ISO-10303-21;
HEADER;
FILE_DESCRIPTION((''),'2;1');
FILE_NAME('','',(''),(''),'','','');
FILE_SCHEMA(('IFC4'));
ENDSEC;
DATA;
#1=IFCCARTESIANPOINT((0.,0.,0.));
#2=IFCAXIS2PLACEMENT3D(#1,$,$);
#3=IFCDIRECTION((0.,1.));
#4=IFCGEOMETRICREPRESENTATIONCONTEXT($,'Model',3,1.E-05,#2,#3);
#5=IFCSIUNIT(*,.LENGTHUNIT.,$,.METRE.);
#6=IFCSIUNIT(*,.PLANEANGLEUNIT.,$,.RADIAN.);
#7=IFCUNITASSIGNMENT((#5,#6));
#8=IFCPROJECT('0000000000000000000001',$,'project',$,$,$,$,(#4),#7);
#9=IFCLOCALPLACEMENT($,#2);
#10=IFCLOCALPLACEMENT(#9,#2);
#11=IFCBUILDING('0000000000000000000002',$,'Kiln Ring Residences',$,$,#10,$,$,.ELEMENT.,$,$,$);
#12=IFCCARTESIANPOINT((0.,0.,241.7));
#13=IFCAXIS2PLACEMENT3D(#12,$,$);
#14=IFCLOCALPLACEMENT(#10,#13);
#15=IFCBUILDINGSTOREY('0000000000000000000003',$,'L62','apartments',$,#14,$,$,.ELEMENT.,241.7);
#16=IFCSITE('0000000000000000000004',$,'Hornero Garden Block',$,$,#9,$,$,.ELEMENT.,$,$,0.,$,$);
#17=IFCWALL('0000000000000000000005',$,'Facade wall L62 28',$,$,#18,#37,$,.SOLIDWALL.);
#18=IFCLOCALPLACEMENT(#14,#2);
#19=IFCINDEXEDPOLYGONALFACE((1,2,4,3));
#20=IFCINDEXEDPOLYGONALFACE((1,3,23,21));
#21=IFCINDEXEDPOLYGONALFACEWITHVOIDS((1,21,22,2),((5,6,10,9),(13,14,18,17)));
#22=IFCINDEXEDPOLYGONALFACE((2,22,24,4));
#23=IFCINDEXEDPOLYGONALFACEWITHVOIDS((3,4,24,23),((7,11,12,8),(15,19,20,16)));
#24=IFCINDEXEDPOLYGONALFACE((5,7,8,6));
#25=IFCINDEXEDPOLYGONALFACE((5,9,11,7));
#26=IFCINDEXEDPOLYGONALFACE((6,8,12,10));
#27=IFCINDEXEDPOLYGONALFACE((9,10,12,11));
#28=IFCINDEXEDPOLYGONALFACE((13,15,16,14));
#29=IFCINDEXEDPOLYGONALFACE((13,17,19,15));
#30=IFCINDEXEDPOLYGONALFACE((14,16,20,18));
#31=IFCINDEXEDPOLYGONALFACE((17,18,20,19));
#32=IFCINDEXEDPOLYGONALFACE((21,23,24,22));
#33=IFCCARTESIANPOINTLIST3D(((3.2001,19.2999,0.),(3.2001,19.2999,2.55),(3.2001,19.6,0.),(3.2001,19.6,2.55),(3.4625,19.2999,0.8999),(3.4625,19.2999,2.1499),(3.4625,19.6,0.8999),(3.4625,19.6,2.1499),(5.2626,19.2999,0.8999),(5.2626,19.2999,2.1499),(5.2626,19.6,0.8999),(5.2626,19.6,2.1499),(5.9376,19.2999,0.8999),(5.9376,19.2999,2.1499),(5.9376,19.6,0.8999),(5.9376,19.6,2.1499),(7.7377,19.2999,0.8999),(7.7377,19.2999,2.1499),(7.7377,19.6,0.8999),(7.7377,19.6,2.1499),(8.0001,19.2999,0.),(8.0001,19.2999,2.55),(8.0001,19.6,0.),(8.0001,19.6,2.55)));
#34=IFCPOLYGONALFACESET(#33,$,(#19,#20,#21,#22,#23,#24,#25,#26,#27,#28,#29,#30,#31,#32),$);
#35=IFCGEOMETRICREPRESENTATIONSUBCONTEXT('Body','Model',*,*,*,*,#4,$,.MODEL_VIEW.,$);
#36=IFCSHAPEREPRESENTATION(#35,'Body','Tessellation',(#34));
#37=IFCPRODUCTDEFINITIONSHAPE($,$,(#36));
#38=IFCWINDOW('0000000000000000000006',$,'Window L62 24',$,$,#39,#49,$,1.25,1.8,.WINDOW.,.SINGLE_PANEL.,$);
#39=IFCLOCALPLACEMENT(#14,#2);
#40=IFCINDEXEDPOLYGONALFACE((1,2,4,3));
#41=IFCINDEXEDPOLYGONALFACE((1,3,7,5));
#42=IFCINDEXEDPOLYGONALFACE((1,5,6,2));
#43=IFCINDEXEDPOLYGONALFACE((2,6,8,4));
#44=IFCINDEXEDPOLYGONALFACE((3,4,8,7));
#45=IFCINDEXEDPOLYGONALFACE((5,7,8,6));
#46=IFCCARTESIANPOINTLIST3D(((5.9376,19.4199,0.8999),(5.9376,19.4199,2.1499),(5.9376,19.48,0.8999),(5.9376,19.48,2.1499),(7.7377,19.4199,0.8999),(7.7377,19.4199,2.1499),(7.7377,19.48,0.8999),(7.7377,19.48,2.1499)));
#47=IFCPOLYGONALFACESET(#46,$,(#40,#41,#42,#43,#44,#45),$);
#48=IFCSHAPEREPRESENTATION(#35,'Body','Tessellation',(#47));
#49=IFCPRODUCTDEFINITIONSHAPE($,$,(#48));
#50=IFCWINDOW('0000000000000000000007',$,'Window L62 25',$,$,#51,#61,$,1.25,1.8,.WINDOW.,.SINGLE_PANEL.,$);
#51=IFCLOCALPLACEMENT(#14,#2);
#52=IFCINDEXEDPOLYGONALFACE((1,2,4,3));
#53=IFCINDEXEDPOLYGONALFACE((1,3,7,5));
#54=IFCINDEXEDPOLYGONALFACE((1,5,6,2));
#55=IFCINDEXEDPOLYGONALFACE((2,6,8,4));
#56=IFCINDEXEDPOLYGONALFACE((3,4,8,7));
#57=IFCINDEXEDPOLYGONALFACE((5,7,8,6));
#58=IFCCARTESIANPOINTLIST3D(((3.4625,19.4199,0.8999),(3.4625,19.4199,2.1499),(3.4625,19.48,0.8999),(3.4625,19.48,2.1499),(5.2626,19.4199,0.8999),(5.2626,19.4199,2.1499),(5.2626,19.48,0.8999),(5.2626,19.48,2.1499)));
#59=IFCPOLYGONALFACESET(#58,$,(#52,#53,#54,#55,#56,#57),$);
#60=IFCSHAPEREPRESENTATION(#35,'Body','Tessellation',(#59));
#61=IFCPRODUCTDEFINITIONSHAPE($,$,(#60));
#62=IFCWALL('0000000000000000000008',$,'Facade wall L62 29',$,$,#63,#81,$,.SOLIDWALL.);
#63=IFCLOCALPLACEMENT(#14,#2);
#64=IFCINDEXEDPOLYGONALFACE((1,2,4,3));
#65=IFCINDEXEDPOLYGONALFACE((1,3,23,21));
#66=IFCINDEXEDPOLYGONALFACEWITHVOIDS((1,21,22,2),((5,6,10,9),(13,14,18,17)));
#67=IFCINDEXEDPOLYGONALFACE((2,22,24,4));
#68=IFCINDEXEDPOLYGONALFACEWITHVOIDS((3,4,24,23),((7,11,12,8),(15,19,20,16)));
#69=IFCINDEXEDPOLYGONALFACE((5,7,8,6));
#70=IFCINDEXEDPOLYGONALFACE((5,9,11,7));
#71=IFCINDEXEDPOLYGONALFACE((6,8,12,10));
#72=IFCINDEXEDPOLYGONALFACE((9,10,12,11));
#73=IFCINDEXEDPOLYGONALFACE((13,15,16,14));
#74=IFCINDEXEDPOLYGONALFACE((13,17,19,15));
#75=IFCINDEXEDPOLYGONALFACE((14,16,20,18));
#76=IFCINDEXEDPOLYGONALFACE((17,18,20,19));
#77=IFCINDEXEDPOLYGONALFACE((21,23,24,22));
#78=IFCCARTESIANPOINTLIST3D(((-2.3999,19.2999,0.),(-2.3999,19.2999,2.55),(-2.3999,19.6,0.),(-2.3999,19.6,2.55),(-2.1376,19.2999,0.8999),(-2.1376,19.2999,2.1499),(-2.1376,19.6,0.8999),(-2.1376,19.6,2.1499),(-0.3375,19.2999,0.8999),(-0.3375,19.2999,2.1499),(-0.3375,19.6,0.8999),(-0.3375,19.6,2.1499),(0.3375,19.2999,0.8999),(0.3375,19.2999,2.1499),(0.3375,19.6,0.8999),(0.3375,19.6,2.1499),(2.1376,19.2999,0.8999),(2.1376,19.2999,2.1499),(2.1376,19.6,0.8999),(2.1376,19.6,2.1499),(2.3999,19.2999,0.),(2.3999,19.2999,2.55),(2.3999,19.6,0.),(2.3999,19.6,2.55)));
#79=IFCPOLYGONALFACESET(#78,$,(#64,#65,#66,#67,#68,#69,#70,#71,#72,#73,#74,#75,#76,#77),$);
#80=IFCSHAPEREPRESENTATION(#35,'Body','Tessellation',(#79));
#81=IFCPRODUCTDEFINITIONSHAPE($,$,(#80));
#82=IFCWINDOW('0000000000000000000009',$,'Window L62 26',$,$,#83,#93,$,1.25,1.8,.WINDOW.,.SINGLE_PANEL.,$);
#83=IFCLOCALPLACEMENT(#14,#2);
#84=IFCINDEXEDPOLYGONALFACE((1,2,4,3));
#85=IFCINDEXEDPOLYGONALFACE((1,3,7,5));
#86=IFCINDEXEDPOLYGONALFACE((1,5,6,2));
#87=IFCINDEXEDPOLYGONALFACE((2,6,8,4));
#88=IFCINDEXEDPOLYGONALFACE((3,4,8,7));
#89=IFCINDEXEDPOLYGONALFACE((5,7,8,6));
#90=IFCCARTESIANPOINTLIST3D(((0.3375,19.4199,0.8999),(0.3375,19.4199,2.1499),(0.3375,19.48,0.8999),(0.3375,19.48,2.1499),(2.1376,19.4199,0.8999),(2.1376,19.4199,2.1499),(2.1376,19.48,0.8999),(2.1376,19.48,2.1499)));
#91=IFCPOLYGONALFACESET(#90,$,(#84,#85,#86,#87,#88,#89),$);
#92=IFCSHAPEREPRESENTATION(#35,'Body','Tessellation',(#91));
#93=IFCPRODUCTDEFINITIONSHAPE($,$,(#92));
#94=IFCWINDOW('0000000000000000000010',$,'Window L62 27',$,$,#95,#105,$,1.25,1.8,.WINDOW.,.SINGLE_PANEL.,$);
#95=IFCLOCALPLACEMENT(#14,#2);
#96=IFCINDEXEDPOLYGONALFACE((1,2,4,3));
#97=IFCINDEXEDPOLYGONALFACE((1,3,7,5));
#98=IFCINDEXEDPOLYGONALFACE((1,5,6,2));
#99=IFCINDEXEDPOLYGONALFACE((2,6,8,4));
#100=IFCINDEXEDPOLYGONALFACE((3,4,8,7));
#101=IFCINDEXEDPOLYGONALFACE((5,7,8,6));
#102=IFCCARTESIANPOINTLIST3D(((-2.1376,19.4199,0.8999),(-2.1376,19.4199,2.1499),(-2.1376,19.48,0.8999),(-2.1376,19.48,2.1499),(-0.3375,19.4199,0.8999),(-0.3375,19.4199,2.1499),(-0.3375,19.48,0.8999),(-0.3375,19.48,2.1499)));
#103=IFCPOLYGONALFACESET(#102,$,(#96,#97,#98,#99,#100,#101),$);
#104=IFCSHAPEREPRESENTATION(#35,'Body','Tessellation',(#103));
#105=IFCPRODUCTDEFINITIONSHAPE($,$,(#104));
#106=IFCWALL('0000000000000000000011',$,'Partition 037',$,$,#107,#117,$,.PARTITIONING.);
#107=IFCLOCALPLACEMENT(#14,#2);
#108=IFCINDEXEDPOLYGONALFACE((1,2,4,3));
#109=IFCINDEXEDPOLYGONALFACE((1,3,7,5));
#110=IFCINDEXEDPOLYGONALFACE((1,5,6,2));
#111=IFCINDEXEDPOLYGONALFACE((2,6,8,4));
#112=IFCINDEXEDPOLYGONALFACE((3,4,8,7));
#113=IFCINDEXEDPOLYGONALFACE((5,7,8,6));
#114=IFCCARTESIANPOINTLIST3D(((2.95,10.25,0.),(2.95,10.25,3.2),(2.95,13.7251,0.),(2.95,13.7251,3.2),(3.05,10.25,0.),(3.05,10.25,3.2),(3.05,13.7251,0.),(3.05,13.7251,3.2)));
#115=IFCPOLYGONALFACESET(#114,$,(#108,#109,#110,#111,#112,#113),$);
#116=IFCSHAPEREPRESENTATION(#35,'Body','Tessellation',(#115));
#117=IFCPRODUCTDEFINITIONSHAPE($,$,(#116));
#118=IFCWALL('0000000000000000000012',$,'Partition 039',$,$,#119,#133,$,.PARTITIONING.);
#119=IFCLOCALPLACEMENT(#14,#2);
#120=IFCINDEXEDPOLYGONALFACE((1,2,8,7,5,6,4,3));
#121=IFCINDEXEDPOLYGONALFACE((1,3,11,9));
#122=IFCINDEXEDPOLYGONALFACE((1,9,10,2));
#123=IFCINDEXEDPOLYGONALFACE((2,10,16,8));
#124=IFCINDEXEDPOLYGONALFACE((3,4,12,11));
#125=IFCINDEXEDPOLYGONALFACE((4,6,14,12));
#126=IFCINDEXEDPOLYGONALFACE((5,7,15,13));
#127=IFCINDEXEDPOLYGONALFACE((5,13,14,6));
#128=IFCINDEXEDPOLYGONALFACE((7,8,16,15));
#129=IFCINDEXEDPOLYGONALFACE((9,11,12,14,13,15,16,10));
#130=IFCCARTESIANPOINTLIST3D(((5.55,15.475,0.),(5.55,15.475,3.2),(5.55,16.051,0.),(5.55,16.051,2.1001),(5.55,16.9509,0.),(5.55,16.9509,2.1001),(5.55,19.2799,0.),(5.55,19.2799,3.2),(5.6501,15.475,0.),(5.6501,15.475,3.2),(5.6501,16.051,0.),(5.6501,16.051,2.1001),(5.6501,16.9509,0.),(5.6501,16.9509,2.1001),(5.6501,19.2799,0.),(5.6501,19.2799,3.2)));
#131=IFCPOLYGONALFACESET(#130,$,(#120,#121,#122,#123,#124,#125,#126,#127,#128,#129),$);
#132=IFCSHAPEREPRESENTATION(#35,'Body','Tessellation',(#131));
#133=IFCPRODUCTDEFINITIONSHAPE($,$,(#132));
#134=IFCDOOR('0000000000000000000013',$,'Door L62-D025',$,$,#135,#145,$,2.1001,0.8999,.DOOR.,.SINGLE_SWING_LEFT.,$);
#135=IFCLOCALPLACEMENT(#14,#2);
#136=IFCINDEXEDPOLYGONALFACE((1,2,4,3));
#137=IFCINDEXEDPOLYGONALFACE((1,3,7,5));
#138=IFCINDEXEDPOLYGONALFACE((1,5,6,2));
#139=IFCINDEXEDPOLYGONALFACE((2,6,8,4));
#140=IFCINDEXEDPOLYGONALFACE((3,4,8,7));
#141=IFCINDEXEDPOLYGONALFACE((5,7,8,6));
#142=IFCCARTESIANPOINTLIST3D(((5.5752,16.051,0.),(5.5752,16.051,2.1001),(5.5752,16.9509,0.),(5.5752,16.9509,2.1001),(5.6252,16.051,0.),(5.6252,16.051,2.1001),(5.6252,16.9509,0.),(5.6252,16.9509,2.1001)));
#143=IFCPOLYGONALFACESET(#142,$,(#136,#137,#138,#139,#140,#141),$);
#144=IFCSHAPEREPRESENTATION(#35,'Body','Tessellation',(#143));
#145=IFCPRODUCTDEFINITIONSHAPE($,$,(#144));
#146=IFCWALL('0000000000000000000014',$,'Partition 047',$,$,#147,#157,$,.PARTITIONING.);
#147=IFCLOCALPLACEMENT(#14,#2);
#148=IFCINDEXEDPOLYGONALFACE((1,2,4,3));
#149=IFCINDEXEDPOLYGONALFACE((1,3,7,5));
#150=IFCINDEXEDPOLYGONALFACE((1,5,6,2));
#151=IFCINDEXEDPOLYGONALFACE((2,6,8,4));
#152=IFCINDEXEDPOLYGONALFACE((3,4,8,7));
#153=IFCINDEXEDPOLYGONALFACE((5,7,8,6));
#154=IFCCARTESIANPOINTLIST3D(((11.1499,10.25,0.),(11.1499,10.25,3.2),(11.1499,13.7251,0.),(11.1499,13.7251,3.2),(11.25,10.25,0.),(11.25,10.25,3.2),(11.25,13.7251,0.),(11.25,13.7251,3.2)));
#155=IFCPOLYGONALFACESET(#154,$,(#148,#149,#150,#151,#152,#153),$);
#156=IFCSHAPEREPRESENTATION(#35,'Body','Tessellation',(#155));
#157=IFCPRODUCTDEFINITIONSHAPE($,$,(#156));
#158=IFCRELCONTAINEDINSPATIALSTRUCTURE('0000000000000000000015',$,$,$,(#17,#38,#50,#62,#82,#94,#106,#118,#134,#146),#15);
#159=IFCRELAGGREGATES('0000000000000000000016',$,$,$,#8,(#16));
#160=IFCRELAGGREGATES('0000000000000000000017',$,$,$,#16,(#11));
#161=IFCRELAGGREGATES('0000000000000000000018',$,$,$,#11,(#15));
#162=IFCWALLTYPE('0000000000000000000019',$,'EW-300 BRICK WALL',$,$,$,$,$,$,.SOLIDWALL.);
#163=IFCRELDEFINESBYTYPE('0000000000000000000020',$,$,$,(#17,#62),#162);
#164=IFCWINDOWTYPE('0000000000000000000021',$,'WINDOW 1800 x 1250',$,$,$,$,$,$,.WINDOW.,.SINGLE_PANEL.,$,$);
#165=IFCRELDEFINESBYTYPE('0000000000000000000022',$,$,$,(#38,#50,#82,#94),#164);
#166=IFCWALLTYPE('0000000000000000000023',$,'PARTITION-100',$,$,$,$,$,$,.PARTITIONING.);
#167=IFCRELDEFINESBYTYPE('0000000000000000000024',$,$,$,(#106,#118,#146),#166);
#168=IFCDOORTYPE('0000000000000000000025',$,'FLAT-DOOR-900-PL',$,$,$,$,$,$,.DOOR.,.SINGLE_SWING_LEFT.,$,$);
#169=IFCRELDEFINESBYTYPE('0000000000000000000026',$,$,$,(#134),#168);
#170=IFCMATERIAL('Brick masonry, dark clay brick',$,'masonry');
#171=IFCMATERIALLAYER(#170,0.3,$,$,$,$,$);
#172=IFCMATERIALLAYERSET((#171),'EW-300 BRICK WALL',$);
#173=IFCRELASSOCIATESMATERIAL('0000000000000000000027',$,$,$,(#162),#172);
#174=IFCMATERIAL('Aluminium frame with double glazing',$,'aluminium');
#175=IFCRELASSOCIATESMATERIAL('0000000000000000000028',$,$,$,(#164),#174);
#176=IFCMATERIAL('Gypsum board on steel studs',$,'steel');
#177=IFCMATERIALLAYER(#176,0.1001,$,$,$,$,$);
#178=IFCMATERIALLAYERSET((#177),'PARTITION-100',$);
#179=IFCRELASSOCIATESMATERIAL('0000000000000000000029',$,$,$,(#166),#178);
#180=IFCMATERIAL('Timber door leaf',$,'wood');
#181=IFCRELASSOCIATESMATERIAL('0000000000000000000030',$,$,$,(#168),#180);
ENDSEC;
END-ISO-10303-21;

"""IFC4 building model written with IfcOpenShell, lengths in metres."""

from ifc_helpers import new_model, si_unit, direction, frame, frame_2d, origin, place, context, subcontext, project, spatial, rectangle, extrude, material, layer, layer_set, type_object, element, fill, save


model = new_model("IFC4")

# Units and contexts
model_context = context("Model", 3, precision=1e-05, world=origin(), true_north=direction((0.0, 1.0)))
body_context = subcontext(model_context, "Body", "Model", "MODEL_VIEW")
ifc_project = project(units=[si_unit("LENGTHUNIT", "METRE"), si_unit("PLANEANGLEUNIT", "RADIAN")], contexts=[model_context])

# Site, building, storey
site_placement = place(None, origin())
site = spatial("IfcSite", under=ifc_project, at=site_placement, Name="Hornero Garden Block", CompositionType="ELEMENT", RefElevation=0.0)
building_placement = place(site_placement, origin())
building = spatial("IfcBuilding", under=site, at=building_placement, Name="Kiln Ring Residences", CompositionType="ELEMENT")
storey_placement = place(building_placement, frame((0.0, 0.0, 241.7)))
storey = spatial("IfcBuildingStorey", under=building, at=storey_placement, Name="L62", Description="apartments", CompositionType="ELEMENT", Elevation=241.7)

# Walls, openings, windows
ifc_material_1 = material(Name="Brick masonry, dark clay brick", Category="masonry")
ifc_layer_1 = layer(ifc_material_1, 0.3)
ifc_layer_set_1 = layer_set([ifc_layer_1], Name="EW-300 BRICK WALL")
wall_type_1 = type_object("IfcWallType", Name="EW-300 BRICK WALL", PredefinedType="SOLIDWALL", material=ifc_layer_set_1)
ifc_material_2 = material(Name="Aluminium frame with double glazing", Category="aluminium")
window_type_1 = type_object("IfcWindowType", Name="WINDOW 1800 x 1250", PartitioningType="SINGLE_PANEL", PredefinedType="WINDOW", material=ifc_material_2)
wall_1_placement = place(storey_placement, frame((8.0, 19.45, 0.0), z_axis=(0.0, 0.0, 1.0), x_axis=(-1.0, 0.0, 0.0)))
wall_1 = element("IfcWall", 1, at=wall_1_placement, inside=storey, type_object=wall_type_1, Name="Facade wall L62 28", PredefinedType="SOLIDWALL", context=body_context, shape_type="SweptSolid", body=[
    extrude(rectangle(XDim=4.8, YDim=0.3, at=frame_2d((2.3999, 0.0))), origin(), (0.0, 0.0, 1.0), 2.55),
])
opening_1_placement = place(wall_1_placement, frame((0.2625, 0.0, 0.8999)))
opening_1 = element("IfcOpeningElement", 2, at=opening_1_placement, cuts=wall_1, PredefinedType="OPENING", context=body_context, shape_type="SweptSolid", body=[
    extrude(rectangle(XDim=1.8, YDim=1.25, at=frame_2d((0.8999, 0.625))), frame((0.0, 0.1599, 0.0), z_axis=(0.0, -1.0, 0.0), x_axis=(1.0, 0.0, 0.0)), (0.0, 0.0, 1.0), 0.3201),
])
opening_2_placement = place(wall_1_placement, frame((2.7375, 0.0, 0.8999)))
opening_2 = element("IfcOpeningElement", 3, at=opening_2_placement, cuts=wall_1, PredefinedType="OPENING", context=body_context, shape_type="SweptSolid", body=[
    extrude(rectangle(XDim=1.8, YDim=1.25, at=frame_2d((0.8999, 0.625))), frame((0.0, 0.1599, 0.0), z_axis=(0.0, -1.0, 0.0), x_axis=(1.0, 0.0, 0.0)), (0.0, 0.0, 1.0), 0.3201),
])
window_1_placement = place(opening_1_placement, origin())
window_1 = element("IfcWindow", 4, at=window_1_placement, inside=storey, type_object=window_type_1, Name="Window L62 24", OverallHeight=1.25, OverallWidth=1.8, PartitioningType="SINGLE_PANEL", PredefinedType="WINDOW", context=body_context, shape_type="SweptSolid", body=[
    extrude(rectangle(XDim=1.8, YDim=1.25, at=frame_2d((0.8999, 0.625))), frame((0.0, 0.03, 0.0), z_axis=(0.0, -1.0, 0.0), x_axis=(1.0, 0.0, 0.0)), (0.0, 0.0, 1.0), 0.0601),
])
fill(opening_1, window_1)
window_2_placement = place(opening_2_placement, origin())
window_2 = element("IfcWindow", 5, at=window_2_placement, inside=storey, type_object=window_type_1, Name="Window L62 25", OverallHeight=1.25, OverallWidth=1.8, PartitioningType="SINGLE_PANEL", PredefinedType="WINDOW", context=body_context, shape_type="SweptSolid", body=[
    extrude(rectangle(XDim=1.8, YDim=1.25, at=frame_2d((0.8999, 0.625))), frame((0.0, 0.03, 0.0), z_axis=(0.0, -1.0, 0.0), x_axis=(1.0, 0.0, 0.0)), (0.0, 0.0, 1.0), 0.0601),
])
fill(opening_2, window_2)
wall_2_placement = place(storey_placement, frame((2.3999, 19.45, 0.0), z_axis=(0.0, 0.0, 1.0), x_axis=(-1.0, 0.0, 0.0)))
wall_2 = element("IfcWall", 6, at=wall_2_placement, inside=storey, type_object=wall_type_1, Name="Facade wall L62 29", PredefinedType="SOLIDWALL", context=body_context, shape_type="SweptSolid", body=[
    extrude(rectangle(XDim=4.7998, YDim=0.3, at=frame_2d((2.3999, 0.0))), origin(), (0.0, 0.0, 1.0), 2.55),
])
opening_3_placement = place(wall_2_placement, frame((0.2625, 0.0, 0.8999)))
opening_3 = element("IfcOpeningElement", 7, at=opening_3_placement, cuts=wall_2, PredefinedType="OPENING", context=body_context, shape_type="SweptSolid", body=[
    extrude(rectangle(XDim=1.8, YDim=1.25, at=frame_2d((0.8999, 0.625))), frame((0.0, 0.1599, 0.0), z_axis=(0.0, -1.0, 0.0), x_axis=(1.0, 0.0, 0.0)), (0.0, 0.0, 1.0), 0.3201),
])
opening_4_placement = place(wall_2_placement, frame((2.7375, 0.0, 0.8999)))
opening_4 = element("IfcOpeningElement", 8, at=opening_4_placement, cuts=wall_2, PredefinedType="OPENING", context=body_context, shape_type="SweptSolid", body=[
    extrude(rectangle(XDim=1.8, YDim=1.25, at=frame_2d((0.8999, 0.625))), frame((0.0, 0.1599, 0.0), z_axis=(0.0, -1.0, 0.0), x_axis=(1.0, 0.0, 0.0)), (0.0, 0.0, 1.0), 0.3201),
])
window_3_placement = place(opening_3_placement, origin())
window_3 = element("IfcWindow", 9, at=window_3_placement, inside=storey, type_object=window_type_1, Name="Window L62 26", OverallHeight=1.25, OverallWidth=1.8, PartitioningType="SINGLE_PANEL", PredefinedType="WINDOW", context=body_context, shape_type="SweptSolid", body=[
    extrude(rectangle(XDim=1.8, YDim=1.25, at=frame_2d((0.8999, 0.625))), frame((0.0, 0.03, 0.0), z_axis=(0.0, -1.0, 0.0), x_axis=(1.0, 0.0, 0.0)), (0.0, 0.0, 1.0), 0.0601),
])
fill(opening_3, window_3)
window_4_placement = place(opening_4_placement, origin())
window_4 = element("IfcWindow", 10, at=window_4_placement, inside=storey, type_object=window_type_1, Name="Window L62 27", OverallHeight=1.25, OverallWidth=1.8, PartitioningType="SINGLE_PANEL", PredefinedType="WINDOW", context=body_context, shape_type="SweptSolid", body=[
    extrude(rectangle(XDim=1.8, YDim=1.25, at=frame_2d((0.8999, 0.625))), frame((0.0, 0.03, 0.0), z_axis=(0.0, -1.0, 0.0), x_axis=(1.0, 0.0, 0.0)), (0.0, 0.0, 1.0), 0.0601),
])
fill(opening_4, window_4)

# Wall
ifc_material_3 = material(Name="Gypsum board on steel studs", Category="steel")
ifc_layer_2 = layer(ifc_material_3, 0.1001)
ifc_layer_set_2 = layer_set([ifc_layer_2], Name="PARTITION-100")
wall_type_2 = type_object("IfcWallType", Name="PARTITION-100", PredefinedType="PARTITIONING", material=ifc_layer_set_2)
wall_3_placement = place(storey_placement, frame((3.0, 10.25, 0.0), z_axis=(0.0, 0.0, 1.0), x_axis=(0.0, 1.0, 0.0)))
element("IfcWall", 11, at=wall_3_placement, inside=storey, type_object=wall_type_2, Name="Partition 037", PredefinedType="PARTITIONING", context=body_context, shape_type="SweptSolid", body=[
    extrude(rectangle(XDim=3.4751, YDim=0.1001, at=frame_2d((1.7375, 0.0))), origin(), (0.0, 0.0, 1.0), 3.2),
])

# Wall, opening, door
wall_4_placement = place(storey_placement, frame((5.6001, 15.4751, 0.0), z_axis=(0.0, 0.0, 1.0), x_axis=(0.0, 1.0, 0.0)))
wall_4 = element("IfcWall", 12, at=wall_4_placement, inside=storey, type_object=wall_type_2, Name="Partition 039", PredefinedType="PARTITIONING", context=body_context, shape_type="SweptSolid", body=[
    extrude(rectangle(XDim=3.8049, YDim=0.1001, at=frame_2d((1.9023, 0.0))), origin(), (0.0, 0.0, 1.0), 3.2),
])
opening_5_placement = place(wall_4_placement, frame((0.5759, 0.0, 0.0)))
opening_5 = element("IfcOpeningElement", 13, at=opening_5_placement, cuts=wall_4, PredefinedType="OPENING", context=body_context, shape_type="SweptSolid", body=[
    extrude(rectangle(XDim=0.8999, YDim=2.1001, at=frame_2d((0.45, 1.05))), frame((0.0, 0.0601, 0.0), z_axis=(0.0, -1.0, 0.0), x_axis=(1.0, 0.0, 0.0)), (0.0, 0.0, 1.0), 0.1201),
])
ifc_material_4 = material(Name="Timber door leaf", Category="wood")
door_type_1 = type_object("IfcDoorType", Name="FLAT-DOOR-900-PL", OperationType="SINGLE_SWING_LEFT", PredefinedType="DOOR", material=ifc_material_4)
door_1_placement = place(opening_5_placement, origin())
door_1 = element("IfcDoor", 14, at=door_1_placement, inside=storey, type_object=door_type_1, Name="Door L62-D025", OperationType="SINGLE_SWING_LEFT", OverallHeight=2.1001, OverallWidth=0.8999, PredefinedType="DOOR", context=body_context, shape_type="SweptSolid", body=[
    extrude(rectangle(XDim=0.8999, YDim=2.1001, at=frame_2d((0.45, 1.05))), frame((0.0, 0.0249, 0.0), z_axis=(0.0, -1.0, 0.0), x_axis=(1.0, 0.0, 0.0)), (0.0, 0.0, 1.0), 0.05),
])
fill(opening_5, door_1)

# Wall
wall_5_placement = place(storey_placement, frame((11.2, 10.25, 0.0), z_axis=(0.0, 0.0, 1.0), x_axis=(0.0, 1.0, 0.0)))
element("IfcWall", 15, at=wall_5_placement, inside=storey, type_object=wall_type_2, Name="Partition 047", PredefinedType="PARTITIONING", context=body_context, shape_type="SweptSolid", body=[
    extrude(rectangle(XDim=3.4751, YDim=0.1001, at=frame_2d((1.7375, 0.0))), origin(), (0.0, 0.0, 1.0), 3.2),
])

save(model, "model.ifc")
